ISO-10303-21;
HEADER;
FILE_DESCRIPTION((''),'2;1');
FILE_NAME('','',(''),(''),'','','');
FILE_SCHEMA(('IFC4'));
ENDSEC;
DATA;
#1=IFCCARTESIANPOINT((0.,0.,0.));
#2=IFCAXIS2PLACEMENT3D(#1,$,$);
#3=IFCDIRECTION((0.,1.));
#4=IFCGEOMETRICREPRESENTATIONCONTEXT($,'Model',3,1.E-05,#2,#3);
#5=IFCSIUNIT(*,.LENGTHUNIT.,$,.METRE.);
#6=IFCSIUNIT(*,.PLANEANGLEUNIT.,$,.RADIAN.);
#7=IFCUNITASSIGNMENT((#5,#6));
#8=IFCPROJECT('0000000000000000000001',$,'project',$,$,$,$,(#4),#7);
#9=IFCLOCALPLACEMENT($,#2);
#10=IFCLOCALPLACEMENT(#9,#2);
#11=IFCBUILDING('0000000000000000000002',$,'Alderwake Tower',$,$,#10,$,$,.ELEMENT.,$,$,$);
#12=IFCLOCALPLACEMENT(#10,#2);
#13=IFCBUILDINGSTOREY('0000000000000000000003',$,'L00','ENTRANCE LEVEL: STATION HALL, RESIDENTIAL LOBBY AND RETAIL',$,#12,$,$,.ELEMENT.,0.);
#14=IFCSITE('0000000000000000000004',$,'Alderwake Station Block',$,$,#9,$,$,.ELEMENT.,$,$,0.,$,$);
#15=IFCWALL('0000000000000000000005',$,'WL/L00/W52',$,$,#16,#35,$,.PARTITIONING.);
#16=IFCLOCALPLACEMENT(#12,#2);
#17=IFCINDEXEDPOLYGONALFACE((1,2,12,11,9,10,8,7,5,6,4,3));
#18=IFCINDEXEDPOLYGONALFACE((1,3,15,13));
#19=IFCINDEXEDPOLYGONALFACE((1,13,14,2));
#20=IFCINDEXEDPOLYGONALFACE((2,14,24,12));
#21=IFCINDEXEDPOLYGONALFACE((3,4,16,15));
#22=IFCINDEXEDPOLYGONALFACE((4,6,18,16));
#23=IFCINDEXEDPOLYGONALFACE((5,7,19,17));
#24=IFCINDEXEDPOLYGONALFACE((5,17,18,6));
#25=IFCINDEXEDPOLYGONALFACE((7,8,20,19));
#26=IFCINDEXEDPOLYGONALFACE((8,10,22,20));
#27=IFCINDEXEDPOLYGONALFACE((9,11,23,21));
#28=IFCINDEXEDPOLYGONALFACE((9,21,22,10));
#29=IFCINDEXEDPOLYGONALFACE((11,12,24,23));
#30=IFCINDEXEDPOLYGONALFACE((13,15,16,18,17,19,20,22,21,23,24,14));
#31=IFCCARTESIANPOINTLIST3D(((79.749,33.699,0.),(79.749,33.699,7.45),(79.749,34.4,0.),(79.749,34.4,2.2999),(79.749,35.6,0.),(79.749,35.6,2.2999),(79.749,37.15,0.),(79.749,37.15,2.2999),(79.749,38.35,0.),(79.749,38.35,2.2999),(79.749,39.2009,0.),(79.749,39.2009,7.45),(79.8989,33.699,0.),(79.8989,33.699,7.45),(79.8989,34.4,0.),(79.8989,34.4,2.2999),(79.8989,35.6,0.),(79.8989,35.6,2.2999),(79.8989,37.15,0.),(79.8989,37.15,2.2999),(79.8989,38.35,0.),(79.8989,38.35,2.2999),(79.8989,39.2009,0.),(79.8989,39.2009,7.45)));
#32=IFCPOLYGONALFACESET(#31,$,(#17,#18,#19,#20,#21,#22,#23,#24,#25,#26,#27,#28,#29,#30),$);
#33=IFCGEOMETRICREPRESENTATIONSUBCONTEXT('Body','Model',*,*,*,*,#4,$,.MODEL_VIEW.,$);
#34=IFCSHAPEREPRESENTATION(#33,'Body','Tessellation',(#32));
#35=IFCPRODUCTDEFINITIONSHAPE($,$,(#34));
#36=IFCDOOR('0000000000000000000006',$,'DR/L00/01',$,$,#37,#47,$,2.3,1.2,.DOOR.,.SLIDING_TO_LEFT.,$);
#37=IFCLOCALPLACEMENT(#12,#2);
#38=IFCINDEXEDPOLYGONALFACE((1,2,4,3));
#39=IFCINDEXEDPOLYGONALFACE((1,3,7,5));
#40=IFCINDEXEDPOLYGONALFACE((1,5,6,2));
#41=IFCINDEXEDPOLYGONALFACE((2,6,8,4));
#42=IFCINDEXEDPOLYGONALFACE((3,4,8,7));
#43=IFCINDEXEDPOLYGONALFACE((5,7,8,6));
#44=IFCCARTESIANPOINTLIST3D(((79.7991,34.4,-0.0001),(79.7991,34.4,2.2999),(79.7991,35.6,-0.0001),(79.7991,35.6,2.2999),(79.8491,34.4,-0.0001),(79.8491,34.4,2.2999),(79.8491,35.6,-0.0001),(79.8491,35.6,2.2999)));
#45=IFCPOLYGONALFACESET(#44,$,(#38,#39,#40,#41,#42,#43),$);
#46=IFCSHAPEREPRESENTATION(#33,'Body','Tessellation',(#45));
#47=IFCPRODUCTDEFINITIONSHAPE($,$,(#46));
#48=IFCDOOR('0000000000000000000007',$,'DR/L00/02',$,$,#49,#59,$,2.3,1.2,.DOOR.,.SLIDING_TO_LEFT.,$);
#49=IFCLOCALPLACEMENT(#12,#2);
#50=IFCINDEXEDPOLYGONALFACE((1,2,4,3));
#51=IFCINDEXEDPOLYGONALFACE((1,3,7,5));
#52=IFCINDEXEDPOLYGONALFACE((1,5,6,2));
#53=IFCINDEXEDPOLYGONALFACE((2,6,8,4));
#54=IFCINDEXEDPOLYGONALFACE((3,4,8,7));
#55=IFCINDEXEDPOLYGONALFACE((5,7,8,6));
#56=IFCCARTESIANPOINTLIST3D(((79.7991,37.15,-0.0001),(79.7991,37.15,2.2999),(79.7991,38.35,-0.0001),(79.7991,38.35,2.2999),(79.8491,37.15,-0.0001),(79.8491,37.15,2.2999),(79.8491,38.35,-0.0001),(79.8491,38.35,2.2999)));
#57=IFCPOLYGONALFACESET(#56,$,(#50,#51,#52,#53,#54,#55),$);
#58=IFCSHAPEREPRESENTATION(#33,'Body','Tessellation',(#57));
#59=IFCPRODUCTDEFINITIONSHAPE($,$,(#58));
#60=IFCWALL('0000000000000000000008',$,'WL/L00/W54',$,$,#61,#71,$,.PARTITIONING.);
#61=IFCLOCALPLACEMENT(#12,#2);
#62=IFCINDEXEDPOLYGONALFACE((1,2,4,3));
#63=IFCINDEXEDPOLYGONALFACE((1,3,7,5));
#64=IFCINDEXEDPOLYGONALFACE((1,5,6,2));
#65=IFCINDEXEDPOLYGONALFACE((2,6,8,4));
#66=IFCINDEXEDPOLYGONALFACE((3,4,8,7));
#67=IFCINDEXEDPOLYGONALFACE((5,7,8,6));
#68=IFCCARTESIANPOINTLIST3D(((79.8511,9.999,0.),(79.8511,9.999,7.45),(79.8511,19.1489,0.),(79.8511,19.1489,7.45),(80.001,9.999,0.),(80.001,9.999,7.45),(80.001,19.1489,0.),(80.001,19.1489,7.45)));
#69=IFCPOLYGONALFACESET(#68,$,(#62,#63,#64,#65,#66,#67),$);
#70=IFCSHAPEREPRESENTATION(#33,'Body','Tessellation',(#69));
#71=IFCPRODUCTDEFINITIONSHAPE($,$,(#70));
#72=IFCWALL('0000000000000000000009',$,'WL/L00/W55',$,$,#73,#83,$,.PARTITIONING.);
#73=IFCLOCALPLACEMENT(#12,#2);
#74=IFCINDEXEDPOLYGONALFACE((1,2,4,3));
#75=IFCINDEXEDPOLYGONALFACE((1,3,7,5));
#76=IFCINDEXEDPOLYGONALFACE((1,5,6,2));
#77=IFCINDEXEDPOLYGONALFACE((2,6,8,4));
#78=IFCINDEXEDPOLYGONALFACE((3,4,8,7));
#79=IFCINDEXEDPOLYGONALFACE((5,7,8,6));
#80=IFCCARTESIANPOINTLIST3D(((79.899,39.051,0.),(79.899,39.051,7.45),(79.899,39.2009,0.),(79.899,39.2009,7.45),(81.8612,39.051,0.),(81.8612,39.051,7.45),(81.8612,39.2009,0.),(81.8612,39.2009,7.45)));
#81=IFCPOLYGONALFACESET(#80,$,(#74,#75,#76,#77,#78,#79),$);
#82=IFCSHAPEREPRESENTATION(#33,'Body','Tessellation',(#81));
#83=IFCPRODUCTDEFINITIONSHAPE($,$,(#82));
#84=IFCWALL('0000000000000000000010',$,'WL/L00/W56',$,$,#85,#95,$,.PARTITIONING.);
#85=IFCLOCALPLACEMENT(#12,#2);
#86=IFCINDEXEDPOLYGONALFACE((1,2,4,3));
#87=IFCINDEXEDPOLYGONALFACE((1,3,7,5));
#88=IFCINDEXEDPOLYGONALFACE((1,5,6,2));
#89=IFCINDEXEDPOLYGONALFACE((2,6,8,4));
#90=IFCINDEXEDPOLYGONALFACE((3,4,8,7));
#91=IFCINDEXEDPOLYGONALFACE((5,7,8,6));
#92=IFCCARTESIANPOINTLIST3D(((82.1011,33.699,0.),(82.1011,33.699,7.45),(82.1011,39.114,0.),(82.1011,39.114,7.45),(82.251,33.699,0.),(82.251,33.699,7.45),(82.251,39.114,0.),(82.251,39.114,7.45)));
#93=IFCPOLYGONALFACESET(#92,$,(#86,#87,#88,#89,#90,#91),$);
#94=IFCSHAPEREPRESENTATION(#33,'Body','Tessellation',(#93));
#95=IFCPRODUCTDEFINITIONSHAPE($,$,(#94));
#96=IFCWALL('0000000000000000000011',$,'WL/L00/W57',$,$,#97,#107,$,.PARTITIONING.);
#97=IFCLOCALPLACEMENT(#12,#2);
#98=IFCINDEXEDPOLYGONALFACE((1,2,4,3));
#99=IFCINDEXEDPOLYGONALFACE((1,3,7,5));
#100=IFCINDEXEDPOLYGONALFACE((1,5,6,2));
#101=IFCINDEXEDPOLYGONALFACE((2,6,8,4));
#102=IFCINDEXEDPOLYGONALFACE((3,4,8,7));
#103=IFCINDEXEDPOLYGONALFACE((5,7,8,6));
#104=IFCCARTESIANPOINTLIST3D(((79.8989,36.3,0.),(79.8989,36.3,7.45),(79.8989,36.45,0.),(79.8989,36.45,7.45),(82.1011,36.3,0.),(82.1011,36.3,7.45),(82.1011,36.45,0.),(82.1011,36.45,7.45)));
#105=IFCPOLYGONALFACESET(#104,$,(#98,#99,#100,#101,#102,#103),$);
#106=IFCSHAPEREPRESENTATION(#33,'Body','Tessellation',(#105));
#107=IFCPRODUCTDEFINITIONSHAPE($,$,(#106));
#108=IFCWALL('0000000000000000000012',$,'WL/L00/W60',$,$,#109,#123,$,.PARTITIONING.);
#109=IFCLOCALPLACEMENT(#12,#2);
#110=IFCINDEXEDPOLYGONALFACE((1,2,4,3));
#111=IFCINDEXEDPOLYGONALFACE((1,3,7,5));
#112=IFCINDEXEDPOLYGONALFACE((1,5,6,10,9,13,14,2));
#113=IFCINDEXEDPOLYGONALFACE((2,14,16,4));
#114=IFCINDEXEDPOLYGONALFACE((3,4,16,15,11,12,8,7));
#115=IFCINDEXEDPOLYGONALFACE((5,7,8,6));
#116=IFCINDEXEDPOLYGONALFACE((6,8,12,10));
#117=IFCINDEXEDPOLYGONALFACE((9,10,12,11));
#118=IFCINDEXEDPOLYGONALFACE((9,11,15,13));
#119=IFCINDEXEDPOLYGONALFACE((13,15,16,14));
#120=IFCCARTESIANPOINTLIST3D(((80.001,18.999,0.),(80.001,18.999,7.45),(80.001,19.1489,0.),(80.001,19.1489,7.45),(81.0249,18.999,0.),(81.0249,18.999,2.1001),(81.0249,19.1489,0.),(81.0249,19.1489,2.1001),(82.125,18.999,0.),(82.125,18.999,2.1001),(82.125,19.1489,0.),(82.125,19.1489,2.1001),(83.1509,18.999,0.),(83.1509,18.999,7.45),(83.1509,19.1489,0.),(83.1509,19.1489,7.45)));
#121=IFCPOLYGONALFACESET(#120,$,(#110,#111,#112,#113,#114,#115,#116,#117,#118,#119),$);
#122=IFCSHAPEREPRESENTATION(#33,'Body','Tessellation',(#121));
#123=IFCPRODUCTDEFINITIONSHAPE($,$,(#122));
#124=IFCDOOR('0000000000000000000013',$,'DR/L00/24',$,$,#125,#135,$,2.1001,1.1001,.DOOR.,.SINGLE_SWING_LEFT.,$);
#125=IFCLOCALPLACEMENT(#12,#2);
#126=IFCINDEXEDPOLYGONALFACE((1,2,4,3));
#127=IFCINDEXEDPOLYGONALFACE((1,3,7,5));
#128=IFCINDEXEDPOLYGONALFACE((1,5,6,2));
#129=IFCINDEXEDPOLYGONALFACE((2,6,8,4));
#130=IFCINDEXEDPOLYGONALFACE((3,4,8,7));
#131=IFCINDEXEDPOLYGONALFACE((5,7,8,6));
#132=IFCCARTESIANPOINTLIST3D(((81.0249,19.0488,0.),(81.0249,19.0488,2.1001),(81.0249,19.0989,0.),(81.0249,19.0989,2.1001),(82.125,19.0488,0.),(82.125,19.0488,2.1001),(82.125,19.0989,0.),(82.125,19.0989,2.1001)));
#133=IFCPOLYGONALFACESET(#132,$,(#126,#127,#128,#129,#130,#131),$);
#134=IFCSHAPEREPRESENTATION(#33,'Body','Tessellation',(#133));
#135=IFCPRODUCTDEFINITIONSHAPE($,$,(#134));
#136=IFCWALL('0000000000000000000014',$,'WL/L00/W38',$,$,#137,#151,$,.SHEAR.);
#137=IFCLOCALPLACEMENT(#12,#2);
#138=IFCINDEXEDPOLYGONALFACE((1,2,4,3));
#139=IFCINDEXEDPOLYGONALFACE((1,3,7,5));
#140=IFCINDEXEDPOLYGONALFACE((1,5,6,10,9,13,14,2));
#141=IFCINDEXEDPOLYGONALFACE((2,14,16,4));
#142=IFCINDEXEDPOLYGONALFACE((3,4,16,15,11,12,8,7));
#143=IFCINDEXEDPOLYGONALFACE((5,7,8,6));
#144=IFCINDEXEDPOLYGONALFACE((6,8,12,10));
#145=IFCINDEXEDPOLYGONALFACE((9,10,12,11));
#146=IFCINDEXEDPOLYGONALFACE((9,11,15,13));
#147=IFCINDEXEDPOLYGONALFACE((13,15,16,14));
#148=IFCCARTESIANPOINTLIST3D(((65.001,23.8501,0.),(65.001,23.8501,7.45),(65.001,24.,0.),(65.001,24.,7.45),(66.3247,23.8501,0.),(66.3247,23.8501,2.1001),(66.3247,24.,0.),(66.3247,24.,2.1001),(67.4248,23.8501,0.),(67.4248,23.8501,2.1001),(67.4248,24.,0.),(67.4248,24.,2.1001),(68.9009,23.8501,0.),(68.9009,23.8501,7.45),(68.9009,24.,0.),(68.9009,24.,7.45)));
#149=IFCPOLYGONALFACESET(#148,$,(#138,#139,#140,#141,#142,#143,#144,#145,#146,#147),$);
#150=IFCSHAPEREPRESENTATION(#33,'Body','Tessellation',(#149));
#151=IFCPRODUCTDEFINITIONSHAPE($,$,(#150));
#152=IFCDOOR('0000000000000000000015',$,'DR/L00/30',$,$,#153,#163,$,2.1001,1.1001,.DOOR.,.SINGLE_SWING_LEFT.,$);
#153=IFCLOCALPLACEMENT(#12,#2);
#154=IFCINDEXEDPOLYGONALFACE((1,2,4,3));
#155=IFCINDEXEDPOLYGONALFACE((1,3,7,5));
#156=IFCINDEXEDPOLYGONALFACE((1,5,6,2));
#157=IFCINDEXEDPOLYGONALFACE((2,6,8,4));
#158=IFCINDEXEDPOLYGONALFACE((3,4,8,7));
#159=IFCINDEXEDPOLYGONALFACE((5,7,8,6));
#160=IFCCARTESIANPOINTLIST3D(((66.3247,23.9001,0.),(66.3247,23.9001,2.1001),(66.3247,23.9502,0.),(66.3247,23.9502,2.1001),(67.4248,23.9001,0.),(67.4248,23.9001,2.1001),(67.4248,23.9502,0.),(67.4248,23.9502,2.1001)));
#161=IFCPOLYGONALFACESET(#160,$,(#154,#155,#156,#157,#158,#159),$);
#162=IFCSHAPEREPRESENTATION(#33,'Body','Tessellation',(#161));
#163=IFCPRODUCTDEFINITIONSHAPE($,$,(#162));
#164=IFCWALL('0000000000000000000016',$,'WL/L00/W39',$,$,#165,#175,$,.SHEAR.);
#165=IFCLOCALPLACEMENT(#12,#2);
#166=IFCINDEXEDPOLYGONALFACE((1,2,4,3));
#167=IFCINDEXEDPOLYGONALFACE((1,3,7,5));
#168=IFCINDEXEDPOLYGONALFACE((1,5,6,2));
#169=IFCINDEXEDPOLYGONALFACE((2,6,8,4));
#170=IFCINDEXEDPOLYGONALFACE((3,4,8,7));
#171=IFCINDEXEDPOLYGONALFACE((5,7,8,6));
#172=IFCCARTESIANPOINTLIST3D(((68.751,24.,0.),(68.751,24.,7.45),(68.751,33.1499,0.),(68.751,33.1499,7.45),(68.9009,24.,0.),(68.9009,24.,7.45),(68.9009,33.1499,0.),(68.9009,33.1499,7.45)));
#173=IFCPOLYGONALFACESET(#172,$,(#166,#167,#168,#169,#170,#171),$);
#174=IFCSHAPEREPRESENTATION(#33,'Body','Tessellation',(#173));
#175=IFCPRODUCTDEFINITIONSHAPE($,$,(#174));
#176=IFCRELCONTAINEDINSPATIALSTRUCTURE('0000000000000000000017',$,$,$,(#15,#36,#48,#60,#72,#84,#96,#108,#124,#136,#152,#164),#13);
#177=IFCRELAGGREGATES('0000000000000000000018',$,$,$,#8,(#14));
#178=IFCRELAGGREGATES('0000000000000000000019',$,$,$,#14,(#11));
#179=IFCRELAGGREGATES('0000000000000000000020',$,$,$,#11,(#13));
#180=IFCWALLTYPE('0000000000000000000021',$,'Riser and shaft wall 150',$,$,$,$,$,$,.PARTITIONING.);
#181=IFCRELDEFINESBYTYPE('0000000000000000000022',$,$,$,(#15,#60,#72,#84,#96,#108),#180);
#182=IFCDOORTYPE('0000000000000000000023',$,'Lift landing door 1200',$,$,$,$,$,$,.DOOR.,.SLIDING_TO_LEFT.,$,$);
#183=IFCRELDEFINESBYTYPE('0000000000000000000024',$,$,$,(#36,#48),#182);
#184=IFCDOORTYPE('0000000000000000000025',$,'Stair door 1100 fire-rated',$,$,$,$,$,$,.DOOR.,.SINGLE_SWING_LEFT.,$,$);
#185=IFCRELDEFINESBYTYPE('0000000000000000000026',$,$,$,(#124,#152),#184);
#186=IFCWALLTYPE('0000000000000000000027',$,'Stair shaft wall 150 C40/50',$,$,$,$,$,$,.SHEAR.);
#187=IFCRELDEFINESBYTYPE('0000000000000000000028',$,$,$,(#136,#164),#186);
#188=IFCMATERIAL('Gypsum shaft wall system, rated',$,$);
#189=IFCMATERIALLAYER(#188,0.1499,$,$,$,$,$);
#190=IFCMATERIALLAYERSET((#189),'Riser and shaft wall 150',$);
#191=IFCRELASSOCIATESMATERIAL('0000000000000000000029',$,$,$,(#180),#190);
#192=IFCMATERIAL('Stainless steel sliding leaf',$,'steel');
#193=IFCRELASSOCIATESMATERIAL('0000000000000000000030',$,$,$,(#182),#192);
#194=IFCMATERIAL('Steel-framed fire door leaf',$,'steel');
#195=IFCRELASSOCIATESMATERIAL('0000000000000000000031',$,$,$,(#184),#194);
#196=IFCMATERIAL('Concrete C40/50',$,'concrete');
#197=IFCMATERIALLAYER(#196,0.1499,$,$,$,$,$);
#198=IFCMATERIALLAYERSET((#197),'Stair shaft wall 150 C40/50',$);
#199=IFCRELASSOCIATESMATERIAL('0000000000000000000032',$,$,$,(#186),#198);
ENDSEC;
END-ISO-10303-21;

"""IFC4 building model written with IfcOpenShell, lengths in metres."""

from ifc_helpers import new_model, si_unit, direction, frame, frame_2d, origin, place, context, subcontext, project, spatial, rectangle, extrude, material, layer, layer_set, type_object, element, fill, save


model = new_model("IFC4")

# Units and contexts
model_context = context("Model", 3, precision=1e-05, world=origin(), true_north=direction((0.0, 1.0)))
body_context = subcontext(model_context, "Body", "Model", "MODEL_VIEW")
ifc_project = project(units=[si_unit("LENGTHUNIT", "METRE"), si_unit("PLANEANGLEUNIT", "RADIAN")], contexts=[model_context])

# Site, building, storey
site_placement = place(None, origin())
site = spatial("IfcSite", under=ifc_project, at=site_placement, Name="Alderwake Station Block", CompositionType="ELEMENT", RefElevation=0.0)
building_placement = place(site_placement, origin())
building = spatial("IfcBuilding", under=site, at=building_placement, Name="Alderwake Tower", CompositionType="ELEMENT")
storey_placement = place(building_placement, origin())
storey = spatial("IfcBuildingStorey", under=building, at=storey_placement, Name="L00", Description="ENTRANCE LEVEL: STATION HALL, RESIDENTIAL LOBBY AND RETAIL", CompositionType="ELEMENT", Elevation=0.0)

# Shared definitions
ifc_material_1 = material(Name="Gypsum shaft wall system, rated")
ifc_layer_1 = layer(ifc_material_1, 0.1499)
ifc_layer_set_1 = layer_set([ifc_layer_1], Name="Riser and shaft wall 150")
wall_type_1 = type_object("IfcWallType", Name="Riser and shaft wall 150", PredefinedType="PARTITIONING", material=ifc_layer_set_1)

# Wall, openings, doors
wall_1_placement = place(storey_placement, frame((79.824, 33.699, 0.0), z_axis=(0.0, 0.0, 1.0), x_axis=(0.0, 1.0, 0.0)))
wall_1 = element("IfcWall", 1, at=wall_1_placement, inside=storey, type_object=wall_type_1, Name="WL/L00/W52", PredefinedType="PARTITIONING", context=body_context, shape_type="SweptSolid", body=[
    extrude(rectangle(XDim=5.502, YDim=0.1499, at=frame_2d((2.751, 0.0))), origin(), (0.0, 0.0, 1.0), 7.45),
])
opening_1_placement = place(wall_1_placement, frame((0.7009, 0.0, 0.0)))
opening_1 = element("IfcOpeningElement", 2, at=opening_1_placement, cuts=wall_1, PredefinedType="OPENING", context=body_context, shape_type="SweptSolid", body=[
    extrude(rectangle(XDim=1.2, YDim=2.3, at=frame_2d((0.6001, 1.1499))), frame((0.0, 0.085, 0.0), z_axis=(0.0, -1.0, 0.0), x_axis=(1.0, 0.0, 0.0)), (0.0, 0.0, 1.0), 0.1699),
])
opening_2_placement = place(wall_1_placement, frame((3.4509, 0.0, 0.0)))
opening_2 = element("IfcOpeningElement", 3, at=opening_2_placement, cuts=wall_1, PredefinedType="OPENING", context=body_context, shape_type="SweptSolid", body=[
    extrude(rectangle(XDim=1.2, YDim=2.3, at=frame_2d((0.6001, 1.1499))), frame((0.0, 0.085, 0.0), z_axis=(0.0, -1.0, 0.0), x_axis=(1.0, 0.0, 0.0)), (0.0, 0.0, 1.0), 0.1699),
])
ifc_material_2 = material(Name="Stainless steel sliding leaf", Category="steel")
door_type_1 = type_object("IfcDoorType", Name="Lift landing door 1200", OperationType="SLIDING_TO_LEFT", PredefinedType="DOOR", material=ifc_material_2)
door_1_placement = place(opening_1_placement, origin())
door_1 = element("IfcDoor", 4, at=door_1_placement, inside=storey, type_object=door_type_1, Name="DR/L00/01", OperationType="SLIDING_TO_LEFT", OverallHeight=2.3, OverallWidth=1.2, PredefinedType="DOOR", context=body_context, shape_type="SweptSolid", body=[
    extrude(rectangle(XDim=1.2, YDim=2.3, at=frame_2d((0.6001, 1.1499))), frame((0.0, 0.0249, 0.0), z_axis=(0.0, -1.0, 0.0), x_axis=(1.0, 0.0, 0.0)), (0.0, 0.0, 1.0), 0.05),
])
fill(opening_1, door_1)
door_2_placement = place(opening_2_placement, origin())
door_2 = element("IfcDoor", 5, at=door_2_placement, inside=storey, type_object=door_type_1, Name="DR/L00/02", OperationType="SLIDING_TO_LEFT", OverallHeight=2.3, OverallWidth=1.2, PredefinedType="DOOR", context=body_context, shape_type="SweptSolid", body=[
    extrude(rectangle(XDim=1.2, YDim=2.3, at=frame_2d((0.6001, 1.1499))), frame((0.0, 0.0249, 0.0), z_axis=(0.0, -1.0, 0.0), x_axis=(1.0, 0.0, 0.0)), (0.0, 0.0, 1.0), 0.05),
])
fill(opening_2, door_2)

# Walls
wall_2_placement = place(storey_placement, frame((79.926, 19.1489, 0.0), z_axis=(0.0, 0.0, 1.0), x_axis=(0.0, -1.0, 0.0)))
element("IfcWall", 6, at=wall_2_placement, inside=storey, type_object=wall_type_1, Name="WL/L00/W54", PredefinedType="PARTITIONING", context=body_context, shape_type="SweptSolid", body=[
    extrude(rectangle(XDim=9.1499, YDim=0.1499, at=frame_2d((4.575, 0.0))), origin(), (0.0, 0.0, 1.0), 7.45),
])
wall_3_placement = place(storey_placement, frame((81.8611, 39.126, 0.0), z_axis=(0.0, 0.0, 1.0), x_axis=(-1.0, 0.0, 0.0)))
element("IfcWall", 7, at=wall_3_placement, inside=storey, type_object=wall_type_1, Name="WL/L00/W55", PredefinedType="PARTITIONING", context=body_context, shape_type="SweptSolid", body=[
    extrude(rectangle(XDim=1.9622, YDim=0.1499, at=frame_2d((0.981, 0.0))), origin(), (0.0, 0.0, 1.0), 7.45),
])
wall_4_placement = place(storey_placement, frame((82.176, 33.699, 0.0), z_axis=(0.0, 0.0, 1.0), x_axis=(0.0, 1.0, 0.0)))
element("IfcWall", 8, at=wall_4_placement, inside=storey, type_object=wall_type_1, Name="WL/L00/W56", PredefinedType="PARTITIONING", context=body_context, shape_type="SweptSolid", body=[
    extrude(rectangle(XDim=5.415, YDim=0.1499, at=frame_2d((2.7075, 0.0))), origin(), (0.0, 0.0, 1.0), 7.45),
])
wall_5_placement = place(storey_placement, frame((82.1011, 36.375, 0.0), z_axis=(0.0, 0.0, 1.0), x_axis=(-1.0, 0.0, 0.0)))
element("IfcWall", 9, at=wall_5_placement, inside=storey, type_object=wall_type_1, Name="WL/L00/W57", PredefinedType="PARTITIONING", context=body_context, shape_type="SweptSolid", body=[
    extrude(rectangle(XDim=2.2021, YDim=0.1499, at=frame_2d((1.1011, 0.0))), origin(), (0.0, 0.0, 1.0), 7.45),
])

# Walls, openings, doors
wall_6_placement = place(storey_placement, frame((80.001, 19.074, 0.0), z_axis=(0.0, 0.0, 1.0), x_axis=(1.0, 0.0, 0.0)))
wall_6 = element("IfcWall", 10, at=wall_6_placement, inside=storey, type_object=wall_type_1, Name="WL/L00/W60", PredefinedType="PARTITIONING", context=body_context, shape_type="SweptSolid", body=[
    extrude(rectangle(XDim=3.1499, YDim=0.1499, at=frame_2d((1.575, 0.0))), origin(), (0.0, 0.0, 1.0), 7.45),
])
opening_3_placement = place(wall_6_placement, frame((1.0239, 0.0, 0.0)))
opening_3 = element("IfcOpeningElement", 11, at=opening_3_placement, cuts=wall_6, PredefinedType="OPENING", context=body_context, shape_type="SweptSolid", body=[
    extrude(rectangle(XDim=1.1001, YDim=2.1001, at=frame_2d((0.55, 1.05))), frame((0.0, 0.085, 0.0), z_axis=(0.0, -1.0, 0.0), x_axis=(1.0, 0.0, 0.0)), (0.0, 0.0, 1.0), 0.1699),
])
ifc_material_3 = material(Name="Steel-framed fire door leaf", Category="steel")
door_type_2 = type_object("IfcDoorType", Name="Stair door 1100 fire-rated", OperationType="SINGLE_SWING_LEFT", PredefinedType="DOOR", material=ifc_material_3)
door_3_placement = place(opening_3_placement, origin())
door_3 = element("IfcDoor", 12, at=door_3_placement, inside=storey, type_object=door_type_2, Name="DR/L00/24", OperationType="SINGLE_SWING_LEFT", OverallHeight=2.1001, OverallWidth=1.1001, PredefinedType="DOOR", context=body_context, shape_type="SweptSolid", body=[
    extrude(rectangle(XDim=1.1001, YDim=2.1001, at=frame_2d((0.55, 1.05))), frame((0.0, 0.0249, 0.0), z_axis=(0.0, -1.0, 0.0), x_axis=(1.0, 0.0, 0.0)), (0.0, 0.0, 1.0), 0.05),
])
fill(opening_3, door_3)
ifc_material_4 = material(Name="Concrete C40/50", Category="concrete")
ifc_layer_2 = layer(ifc_material_4, 0.1499)
ifc_layer_set_2 = layer_set([ifc_layer_2], Name="Stair shaft wall 150 C40/50")
wall_type_2 = type_object("IfcWallType", Name="Stair shaft wall 150 C40/50", PredefinedType="SHEAR", material=ifc_layer_set_2)
wall_7_placement = place(storey_placement, frame((68.9009, 23.925, 0.0), z_axis=(0.0, 0.0, 1.0), x_axis=(-1.0, 0.0, 0.0)))
wall_7 = element("IfcWall", 13, at=wall_7_placement, inside=storey, type_object=wall_type_2, Name="WL/L00/W38", PredefinedType="SHEAR", context=body_context, shape_type="SweptSolid", body=[
    extrude(rectangle(XDim=3.8999, YDim=0.1499, at=frame_2d((1.95, 0.0))), origin(), (0.0, 0.0, 1.0), 7.45),
])
opening_4_placement = place(wall_7_placement, frame((1.4761, 0.0, 0.0)))
opening_4 = element("IfcOpeningElement", 14, at=opening_4_placement, cuts=wall_7, PredefinedType="OPENING", context=body_context, shape_type="SweptSolid", body=[
    extrude(rectangle(XDim=1.1001, YDim=2.1001, at=frame_2d((0.55, 1.05))), frame((0.0, 0.085, 0.0), z_axis=(0.0, -1.0, 0.0), x_axis=(1.0, 0.0, 0.0)), (0.0, 0.0, 1.0), 0.1699),
])
door_4_placement = place(opening_4_placement, origin())
door_4 = element("IfcDoor", 15, at=door_4_placement, inside=storey, type_object=door_type_2, Name="DR/L00/30", OperationType="SINGLE_SWING_LEFT", OverallHeight=2.1001, OverallWidth=1.1001, PredefinedType="DOOR", context=body_context, shape_type="SweptSolid", body=[
    extrude(rectangle(XDim=1.1001, YDim=2.1001, at=frame_2d((0.55, 1.05))), frame((0.0, 0.0249, 0.0), z_axis=(0.0, -1.0, 0.0), x_axis=(1.0, 0.0, 0.0)), (0.0, 0.0, 1.0), 0.05),
])
fill(opening_4, door_4)

# Wall
wall_8_placement = place(storey_placement, frame((68.8259, 24.0, 0.0), z_axis=(0.0, 0.0, 1.0), x_axis=(0.0, 1.0, 0.0)))
element("IfcWall", 16, at=wall_8_placement, inside=storey, type_object=wall_type_2, Name="WL/L00/W39", PredefinedType="SHEAR", context=body_context, shape_type="SweptSolid", body=[
    extrude(rectangle(XDim=9.1499, YDim=0.1499, at=frame_2d((4.575, 0.0))), origin(), (0.0, 0.0, 1.0), 7.45),
])

save(model, "model.ifc")
